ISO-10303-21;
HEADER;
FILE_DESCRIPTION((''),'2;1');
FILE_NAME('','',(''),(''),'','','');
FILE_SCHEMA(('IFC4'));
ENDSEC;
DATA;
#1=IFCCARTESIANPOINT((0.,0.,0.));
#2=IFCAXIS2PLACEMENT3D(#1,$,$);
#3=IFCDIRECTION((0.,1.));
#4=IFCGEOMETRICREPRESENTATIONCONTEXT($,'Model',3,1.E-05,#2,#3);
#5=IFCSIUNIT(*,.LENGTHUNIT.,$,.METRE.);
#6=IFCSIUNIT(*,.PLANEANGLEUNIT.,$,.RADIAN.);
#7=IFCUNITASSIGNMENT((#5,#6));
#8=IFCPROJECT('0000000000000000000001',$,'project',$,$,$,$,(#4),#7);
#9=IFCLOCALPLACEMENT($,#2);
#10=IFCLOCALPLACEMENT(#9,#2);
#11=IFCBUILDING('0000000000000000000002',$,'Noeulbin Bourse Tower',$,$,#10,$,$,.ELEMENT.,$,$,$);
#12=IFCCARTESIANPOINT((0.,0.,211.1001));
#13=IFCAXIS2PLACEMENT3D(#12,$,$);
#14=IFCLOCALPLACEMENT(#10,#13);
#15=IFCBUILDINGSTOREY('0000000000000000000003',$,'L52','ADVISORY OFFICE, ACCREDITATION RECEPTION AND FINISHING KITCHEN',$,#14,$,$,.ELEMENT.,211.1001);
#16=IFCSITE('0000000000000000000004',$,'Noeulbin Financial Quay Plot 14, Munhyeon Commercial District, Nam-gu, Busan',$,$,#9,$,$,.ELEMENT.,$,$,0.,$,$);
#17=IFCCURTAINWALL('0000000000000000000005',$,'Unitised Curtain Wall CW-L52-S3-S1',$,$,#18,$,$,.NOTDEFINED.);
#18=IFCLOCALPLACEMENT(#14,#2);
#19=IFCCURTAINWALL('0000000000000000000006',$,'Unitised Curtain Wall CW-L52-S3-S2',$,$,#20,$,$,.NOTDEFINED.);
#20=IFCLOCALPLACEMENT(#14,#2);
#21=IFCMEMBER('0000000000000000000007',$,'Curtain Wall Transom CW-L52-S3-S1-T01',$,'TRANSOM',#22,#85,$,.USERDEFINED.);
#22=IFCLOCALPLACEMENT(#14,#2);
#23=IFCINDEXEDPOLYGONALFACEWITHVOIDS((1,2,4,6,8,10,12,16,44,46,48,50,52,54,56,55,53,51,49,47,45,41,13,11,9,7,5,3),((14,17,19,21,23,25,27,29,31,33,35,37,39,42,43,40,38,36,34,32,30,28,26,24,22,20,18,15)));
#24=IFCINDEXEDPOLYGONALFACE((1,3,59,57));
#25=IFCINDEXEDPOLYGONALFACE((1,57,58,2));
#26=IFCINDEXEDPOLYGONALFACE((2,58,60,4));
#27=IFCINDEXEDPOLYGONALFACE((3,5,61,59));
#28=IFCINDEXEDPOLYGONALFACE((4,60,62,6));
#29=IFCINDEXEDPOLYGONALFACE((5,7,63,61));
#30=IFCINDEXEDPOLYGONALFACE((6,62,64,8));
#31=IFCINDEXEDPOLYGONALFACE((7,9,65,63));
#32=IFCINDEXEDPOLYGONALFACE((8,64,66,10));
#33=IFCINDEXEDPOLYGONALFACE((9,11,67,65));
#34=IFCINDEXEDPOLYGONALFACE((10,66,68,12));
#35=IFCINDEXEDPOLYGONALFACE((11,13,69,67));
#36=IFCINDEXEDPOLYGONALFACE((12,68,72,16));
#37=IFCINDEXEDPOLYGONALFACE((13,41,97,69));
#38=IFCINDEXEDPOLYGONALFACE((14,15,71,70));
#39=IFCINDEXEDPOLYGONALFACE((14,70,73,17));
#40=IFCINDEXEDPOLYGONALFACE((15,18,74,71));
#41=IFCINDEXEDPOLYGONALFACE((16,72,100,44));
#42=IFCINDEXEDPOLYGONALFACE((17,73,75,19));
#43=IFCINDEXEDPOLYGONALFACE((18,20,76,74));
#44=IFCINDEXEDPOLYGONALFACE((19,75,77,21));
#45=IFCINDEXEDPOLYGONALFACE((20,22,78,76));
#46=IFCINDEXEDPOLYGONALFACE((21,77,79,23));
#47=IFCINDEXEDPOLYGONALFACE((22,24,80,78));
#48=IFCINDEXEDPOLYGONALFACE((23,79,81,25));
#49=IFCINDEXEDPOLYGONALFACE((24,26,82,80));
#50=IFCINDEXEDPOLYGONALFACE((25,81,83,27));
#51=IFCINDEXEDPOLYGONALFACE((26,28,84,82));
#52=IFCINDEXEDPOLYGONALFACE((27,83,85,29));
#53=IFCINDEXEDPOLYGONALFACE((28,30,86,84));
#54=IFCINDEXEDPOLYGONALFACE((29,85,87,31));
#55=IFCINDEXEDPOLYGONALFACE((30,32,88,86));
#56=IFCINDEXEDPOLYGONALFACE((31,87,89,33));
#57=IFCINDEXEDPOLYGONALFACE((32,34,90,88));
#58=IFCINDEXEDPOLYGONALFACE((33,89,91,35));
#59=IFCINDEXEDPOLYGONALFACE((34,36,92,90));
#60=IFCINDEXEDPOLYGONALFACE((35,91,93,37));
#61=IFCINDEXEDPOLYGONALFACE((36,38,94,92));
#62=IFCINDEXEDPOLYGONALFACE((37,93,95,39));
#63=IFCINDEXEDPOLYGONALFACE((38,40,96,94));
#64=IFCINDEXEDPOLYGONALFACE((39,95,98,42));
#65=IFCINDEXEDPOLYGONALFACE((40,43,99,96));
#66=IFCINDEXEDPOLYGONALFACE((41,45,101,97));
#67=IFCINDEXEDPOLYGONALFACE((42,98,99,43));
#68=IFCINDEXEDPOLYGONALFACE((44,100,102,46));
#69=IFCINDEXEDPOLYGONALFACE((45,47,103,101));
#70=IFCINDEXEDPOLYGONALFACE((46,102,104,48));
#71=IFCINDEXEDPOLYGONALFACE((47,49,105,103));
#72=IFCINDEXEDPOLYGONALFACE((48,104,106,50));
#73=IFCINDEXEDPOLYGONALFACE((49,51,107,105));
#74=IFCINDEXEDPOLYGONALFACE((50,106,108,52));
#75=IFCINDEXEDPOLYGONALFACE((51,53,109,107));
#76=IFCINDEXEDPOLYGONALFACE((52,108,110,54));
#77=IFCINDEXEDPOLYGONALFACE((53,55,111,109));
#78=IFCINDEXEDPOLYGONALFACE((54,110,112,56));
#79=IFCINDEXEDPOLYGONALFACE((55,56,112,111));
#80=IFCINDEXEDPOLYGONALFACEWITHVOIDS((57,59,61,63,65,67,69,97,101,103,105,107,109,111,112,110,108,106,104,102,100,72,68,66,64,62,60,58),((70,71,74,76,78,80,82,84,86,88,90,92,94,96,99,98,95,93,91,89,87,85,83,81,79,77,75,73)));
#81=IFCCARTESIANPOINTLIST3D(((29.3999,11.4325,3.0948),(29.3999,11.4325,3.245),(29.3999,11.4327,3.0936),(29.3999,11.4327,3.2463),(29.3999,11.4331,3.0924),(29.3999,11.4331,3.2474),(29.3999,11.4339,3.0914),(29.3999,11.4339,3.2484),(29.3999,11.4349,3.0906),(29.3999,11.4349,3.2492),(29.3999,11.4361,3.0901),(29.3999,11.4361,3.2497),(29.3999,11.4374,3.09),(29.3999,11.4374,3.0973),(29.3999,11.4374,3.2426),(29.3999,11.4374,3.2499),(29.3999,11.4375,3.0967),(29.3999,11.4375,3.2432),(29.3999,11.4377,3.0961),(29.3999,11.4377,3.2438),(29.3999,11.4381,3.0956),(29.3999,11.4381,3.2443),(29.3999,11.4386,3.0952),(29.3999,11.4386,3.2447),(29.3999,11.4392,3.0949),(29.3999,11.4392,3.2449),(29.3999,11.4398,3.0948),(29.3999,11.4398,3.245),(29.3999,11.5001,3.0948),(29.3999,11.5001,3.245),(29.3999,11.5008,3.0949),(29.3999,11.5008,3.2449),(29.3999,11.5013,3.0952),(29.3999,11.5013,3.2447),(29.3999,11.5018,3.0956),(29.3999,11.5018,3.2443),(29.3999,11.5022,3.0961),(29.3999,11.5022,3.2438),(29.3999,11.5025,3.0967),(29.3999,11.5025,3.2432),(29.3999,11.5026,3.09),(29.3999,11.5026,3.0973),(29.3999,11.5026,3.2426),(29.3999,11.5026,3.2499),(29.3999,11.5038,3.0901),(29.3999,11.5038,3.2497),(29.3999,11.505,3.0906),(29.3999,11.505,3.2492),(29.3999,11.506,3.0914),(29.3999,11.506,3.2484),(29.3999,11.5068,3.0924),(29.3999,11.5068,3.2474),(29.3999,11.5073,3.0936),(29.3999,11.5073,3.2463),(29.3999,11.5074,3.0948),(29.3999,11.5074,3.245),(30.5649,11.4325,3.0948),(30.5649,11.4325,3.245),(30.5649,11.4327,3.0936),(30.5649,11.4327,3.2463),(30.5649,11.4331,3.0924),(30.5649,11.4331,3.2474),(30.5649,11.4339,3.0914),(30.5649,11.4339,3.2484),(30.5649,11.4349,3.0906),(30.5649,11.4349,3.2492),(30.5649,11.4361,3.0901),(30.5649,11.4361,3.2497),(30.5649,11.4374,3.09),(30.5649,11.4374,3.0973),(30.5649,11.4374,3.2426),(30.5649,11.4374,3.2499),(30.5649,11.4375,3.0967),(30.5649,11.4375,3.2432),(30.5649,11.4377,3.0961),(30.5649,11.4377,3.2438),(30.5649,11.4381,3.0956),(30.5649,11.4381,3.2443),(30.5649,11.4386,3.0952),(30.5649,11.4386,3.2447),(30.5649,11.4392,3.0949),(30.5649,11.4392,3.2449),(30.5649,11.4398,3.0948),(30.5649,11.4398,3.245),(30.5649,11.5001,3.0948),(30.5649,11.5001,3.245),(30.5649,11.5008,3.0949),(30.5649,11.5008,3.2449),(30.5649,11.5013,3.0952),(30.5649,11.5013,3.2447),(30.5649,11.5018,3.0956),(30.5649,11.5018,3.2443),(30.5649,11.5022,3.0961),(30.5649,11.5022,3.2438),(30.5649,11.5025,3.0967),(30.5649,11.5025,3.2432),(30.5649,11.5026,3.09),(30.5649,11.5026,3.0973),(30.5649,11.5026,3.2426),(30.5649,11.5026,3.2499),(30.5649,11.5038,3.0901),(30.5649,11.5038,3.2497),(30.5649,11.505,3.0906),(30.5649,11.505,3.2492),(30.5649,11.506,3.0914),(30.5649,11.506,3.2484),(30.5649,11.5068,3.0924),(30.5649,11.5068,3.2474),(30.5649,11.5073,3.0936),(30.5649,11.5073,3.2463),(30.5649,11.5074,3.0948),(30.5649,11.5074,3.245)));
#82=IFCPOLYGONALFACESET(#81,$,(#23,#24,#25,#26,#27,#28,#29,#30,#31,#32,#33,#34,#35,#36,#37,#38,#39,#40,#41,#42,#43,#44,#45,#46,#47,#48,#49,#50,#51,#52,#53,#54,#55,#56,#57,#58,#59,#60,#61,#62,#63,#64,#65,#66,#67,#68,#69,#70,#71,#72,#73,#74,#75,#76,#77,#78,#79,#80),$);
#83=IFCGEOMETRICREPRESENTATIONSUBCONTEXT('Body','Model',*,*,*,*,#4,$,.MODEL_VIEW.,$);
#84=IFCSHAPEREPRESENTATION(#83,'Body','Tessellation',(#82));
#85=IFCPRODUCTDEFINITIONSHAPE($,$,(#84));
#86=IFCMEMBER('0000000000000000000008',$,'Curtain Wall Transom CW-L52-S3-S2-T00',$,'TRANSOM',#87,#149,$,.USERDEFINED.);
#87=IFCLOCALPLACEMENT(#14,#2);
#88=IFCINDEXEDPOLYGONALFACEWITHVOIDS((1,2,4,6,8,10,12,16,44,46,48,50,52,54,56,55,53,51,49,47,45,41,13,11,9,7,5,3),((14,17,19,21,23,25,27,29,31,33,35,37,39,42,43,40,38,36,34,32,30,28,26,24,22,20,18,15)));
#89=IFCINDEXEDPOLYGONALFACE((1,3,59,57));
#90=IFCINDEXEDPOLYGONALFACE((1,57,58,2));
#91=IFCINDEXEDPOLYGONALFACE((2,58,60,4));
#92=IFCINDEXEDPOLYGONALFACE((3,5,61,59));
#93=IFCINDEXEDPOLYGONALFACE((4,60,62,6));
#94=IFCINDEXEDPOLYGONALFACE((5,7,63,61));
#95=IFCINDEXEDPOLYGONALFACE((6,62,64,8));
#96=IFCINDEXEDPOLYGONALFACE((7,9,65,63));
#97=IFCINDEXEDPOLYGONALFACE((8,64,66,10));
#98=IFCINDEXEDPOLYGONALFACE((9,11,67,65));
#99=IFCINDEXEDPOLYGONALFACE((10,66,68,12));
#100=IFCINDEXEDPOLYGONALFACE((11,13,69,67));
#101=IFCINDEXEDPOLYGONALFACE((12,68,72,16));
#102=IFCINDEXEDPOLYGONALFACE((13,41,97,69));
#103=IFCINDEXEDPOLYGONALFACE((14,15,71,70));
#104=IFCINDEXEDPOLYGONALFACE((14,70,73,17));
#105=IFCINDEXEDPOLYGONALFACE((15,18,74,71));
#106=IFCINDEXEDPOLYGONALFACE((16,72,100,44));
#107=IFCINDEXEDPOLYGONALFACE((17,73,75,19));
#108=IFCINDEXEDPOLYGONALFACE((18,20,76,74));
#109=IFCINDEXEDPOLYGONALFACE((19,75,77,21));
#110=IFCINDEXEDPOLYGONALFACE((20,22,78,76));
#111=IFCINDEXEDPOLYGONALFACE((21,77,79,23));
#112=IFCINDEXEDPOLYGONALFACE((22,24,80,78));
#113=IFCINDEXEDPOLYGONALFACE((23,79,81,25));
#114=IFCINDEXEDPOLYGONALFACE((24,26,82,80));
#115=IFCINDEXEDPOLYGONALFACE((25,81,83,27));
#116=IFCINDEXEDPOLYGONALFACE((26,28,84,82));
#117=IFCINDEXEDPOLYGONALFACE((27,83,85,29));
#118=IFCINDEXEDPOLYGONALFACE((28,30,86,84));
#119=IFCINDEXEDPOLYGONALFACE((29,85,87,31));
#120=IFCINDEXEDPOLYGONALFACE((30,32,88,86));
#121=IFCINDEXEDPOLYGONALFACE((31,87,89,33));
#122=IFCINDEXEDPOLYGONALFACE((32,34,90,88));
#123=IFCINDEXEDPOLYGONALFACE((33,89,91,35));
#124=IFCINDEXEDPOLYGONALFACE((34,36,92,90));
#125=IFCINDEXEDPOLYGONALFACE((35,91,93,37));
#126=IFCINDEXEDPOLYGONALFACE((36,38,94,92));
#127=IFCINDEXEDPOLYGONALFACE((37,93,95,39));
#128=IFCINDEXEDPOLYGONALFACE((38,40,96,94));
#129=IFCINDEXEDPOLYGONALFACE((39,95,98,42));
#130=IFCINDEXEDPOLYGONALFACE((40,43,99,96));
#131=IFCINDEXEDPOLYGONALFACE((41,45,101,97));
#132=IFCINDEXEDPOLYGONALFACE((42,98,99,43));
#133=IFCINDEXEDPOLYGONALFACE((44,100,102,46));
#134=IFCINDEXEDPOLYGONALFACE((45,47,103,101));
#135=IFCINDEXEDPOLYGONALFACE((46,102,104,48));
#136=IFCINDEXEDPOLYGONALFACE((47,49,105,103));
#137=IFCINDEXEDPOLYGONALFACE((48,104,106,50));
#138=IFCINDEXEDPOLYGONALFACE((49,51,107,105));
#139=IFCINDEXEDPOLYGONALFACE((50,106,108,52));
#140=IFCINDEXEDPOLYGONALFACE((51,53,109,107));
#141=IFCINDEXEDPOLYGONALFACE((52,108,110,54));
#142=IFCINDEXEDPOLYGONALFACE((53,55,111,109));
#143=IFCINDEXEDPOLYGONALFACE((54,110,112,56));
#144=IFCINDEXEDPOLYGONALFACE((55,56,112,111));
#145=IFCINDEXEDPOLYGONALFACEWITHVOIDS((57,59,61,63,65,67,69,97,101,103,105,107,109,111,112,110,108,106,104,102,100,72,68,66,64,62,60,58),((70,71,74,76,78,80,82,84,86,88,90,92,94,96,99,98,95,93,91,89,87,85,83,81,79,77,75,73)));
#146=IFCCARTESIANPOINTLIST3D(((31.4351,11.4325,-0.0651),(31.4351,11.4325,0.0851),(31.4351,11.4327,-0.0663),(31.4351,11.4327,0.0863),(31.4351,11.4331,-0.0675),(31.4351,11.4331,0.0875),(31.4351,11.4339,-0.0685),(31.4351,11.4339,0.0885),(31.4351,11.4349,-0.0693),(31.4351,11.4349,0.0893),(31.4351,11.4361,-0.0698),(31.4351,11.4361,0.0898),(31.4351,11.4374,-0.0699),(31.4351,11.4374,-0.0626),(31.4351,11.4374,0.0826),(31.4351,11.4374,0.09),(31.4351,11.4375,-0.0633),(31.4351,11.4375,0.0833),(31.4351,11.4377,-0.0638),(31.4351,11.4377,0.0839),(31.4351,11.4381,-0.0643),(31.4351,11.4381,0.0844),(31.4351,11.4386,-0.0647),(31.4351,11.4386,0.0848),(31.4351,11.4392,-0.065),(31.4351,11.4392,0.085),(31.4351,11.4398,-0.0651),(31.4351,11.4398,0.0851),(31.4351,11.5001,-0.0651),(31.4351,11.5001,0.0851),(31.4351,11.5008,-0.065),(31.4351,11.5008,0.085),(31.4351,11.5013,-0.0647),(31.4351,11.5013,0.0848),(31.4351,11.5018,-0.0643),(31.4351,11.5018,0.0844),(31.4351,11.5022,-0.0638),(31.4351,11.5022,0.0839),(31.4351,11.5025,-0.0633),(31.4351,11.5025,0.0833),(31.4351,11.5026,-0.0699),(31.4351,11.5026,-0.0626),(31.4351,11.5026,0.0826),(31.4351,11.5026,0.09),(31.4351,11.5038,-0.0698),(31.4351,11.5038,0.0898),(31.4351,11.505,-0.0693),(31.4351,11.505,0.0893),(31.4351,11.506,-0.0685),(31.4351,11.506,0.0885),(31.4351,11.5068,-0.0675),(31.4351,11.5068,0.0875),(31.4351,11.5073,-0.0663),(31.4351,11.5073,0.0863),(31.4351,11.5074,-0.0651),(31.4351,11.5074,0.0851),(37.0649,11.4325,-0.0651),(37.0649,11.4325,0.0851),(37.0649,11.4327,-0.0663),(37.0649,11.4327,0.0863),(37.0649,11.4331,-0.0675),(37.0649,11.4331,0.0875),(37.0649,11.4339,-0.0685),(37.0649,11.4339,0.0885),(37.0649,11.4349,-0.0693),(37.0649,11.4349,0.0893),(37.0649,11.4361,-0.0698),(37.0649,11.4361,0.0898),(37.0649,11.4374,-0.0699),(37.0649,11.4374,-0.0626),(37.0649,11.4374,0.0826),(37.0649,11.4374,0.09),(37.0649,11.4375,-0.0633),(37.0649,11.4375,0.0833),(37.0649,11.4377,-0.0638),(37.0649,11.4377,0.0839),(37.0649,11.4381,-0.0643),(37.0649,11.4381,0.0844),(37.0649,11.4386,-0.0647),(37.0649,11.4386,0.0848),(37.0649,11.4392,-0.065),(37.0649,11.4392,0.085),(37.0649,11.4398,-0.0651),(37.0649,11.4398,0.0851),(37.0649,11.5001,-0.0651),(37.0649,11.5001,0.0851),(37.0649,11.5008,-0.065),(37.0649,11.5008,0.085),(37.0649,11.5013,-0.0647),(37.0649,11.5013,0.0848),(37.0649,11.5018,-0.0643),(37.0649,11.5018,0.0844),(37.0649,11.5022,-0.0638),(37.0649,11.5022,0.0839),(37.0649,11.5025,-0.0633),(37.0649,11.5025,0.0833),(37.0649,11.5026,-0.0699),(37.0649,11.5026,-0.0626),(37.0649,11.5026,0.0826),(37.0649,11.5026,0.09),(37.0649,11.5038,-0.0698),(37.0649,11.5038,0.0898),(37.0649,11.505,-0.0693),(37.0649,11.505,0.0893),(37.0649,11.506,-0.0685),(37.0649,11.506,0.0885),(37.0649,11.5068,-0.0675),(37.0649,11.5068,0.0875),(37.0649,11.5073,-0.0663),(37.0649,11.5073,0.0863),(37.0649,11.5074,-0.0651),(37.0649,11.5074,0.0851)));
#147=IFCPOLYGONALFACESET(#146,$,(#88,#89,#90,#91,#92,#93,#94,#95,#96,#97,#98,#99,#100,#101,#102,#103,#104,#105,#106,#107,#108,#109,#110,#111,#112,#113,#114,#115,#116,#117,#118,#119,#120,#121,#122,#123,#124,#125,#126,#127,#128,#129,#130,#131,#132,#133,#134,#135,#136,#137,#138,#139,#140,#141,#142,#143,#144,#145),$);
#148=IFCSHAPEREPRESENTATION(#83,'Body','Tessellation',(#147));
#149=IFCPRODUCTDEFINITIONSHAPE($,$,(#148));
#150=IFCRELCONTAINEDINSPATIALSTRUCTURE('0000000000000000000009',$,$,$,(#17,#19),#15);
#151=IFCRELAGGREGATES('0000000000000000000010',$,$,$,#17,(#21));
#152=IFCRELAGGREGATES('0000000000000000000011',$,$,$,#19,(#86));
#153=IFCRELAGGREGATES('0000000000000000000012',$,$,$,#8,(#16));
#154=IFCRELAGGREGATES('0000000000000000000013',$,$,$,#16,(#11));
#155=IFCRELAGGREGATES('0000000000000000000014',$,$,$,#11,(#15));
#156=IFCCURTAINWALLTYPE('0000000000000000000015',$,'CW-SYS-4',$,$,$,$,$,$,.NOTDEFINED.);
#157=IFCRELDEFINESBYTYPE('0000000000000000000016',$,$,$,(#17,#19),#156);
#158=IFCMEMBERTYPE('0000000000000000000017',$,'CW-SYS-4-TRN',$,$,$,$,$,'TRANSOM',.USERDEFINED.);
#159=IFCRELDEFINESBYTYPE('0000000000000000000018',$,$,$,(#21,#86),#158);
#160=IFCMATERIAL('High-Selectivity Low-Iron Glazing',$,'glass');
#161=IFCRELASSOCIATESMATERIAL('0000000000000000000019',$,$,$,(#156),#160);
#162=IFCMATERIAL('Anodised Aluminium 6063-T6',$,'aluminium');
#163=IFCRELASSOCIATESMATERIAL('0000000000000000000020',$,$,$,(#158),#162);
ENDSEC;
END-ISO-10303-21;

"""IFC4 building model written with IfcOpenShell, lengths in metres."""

from ifc_helpers import new_model, si_unit, direction, frame, origin, origin_2d, place, context, subcontext, project, spatial, hollow_rectangle, extrude, material, material_profile, profile_set, type_object, element, aggregate, save


model = new_model("IFC4")

# Units and contexts
model_context = context("Model", 3, precision=1e-05, world=origin(), true_north=direction((0.0, 1.0)))
body_context = subcontext(model_context, "Body", "Model", "MODEL_VIEW")
ifc_project = project(units=[si_unit("LENGTHUNIT", "METRE"), si_unit("PLANEANGLEUNIT", "RADIAN")], contexts=[model_context])

# Site, building, storey
site_placement = place(None, origin())
site = spatial("IfcSite", under=ifc_project, at=site_placement, Name="Noeulbin Financial Quay Plot 14, Munhyeon Commercial District, Nam-gu, Busan", CompositionType="ELEMENT", RefElevation=0.0)
building_placement = place(site_placement, origin())
building = spatial("IfcBuilding", under=site, at=building_placement, Name="Noeulbin Bourse Tower", CompositionType="ELEMENT")
storey_placement = place(building_placement, frame((0.0, 0.0, 211.1001)))
storey = spatial("IfcBuildingStorey", under=building, at=storey_placement, Name="L52", Description="ADVISORY OFFICE, ACCREDITATION RECEPTION AND FINISHING KITCHEN", CompositionType="ELEMENT", Elevation=211.1001)

# Curtain walls
ifc_material_1 = material(Name="High-Selectivity Low-Iron Glazing", Category="glass")
curtain_wall_type = type_object("IfcCurtainWallType", Name="CW-SYS-4", PredefinedType="NOTDEFINED", material=ifc_material_1)
curtain_wall_1_placement = place(storey_placement, origin())
curtain_wall_1 = element("IfcCurtainWall", 1, at=curtain_wall_1_placement, inside=storey, type_object=curtain_wall_type, Name="Unitised Curtain Wall CW-L52-S3-S1", PredefinedType="NOTDEFINED")
ifc_material_2 = material(Name="Anodised Aluminium 6063-T6", Category="aluminium")
curtain_wall_2_placement = place(storey_placement, origin())
curtain_wall_2 = element("IfcCurtainWall", 2, at=curtain_wall_2_placement, inside=storey, type_object=curtain_wall_type, Name="Unitised Curtain Wall CW-L52-S3-S2", PredefinedType="NOTDEFINED")

# Members
ifc_material_profile_1 = material_profile(ifc_material_2, hollow_rectangle(XDim=0.075, YDim=0.1599, WallThickness=0.0049, InnerFilletRadius=0.0024, OuterFilletRadius=0.0049, at=origin_2d()), Name="ALU-TRAN-75x160x5", Category="LoadBearing")
ifc_profile_set_1 = profile_set([ifc_material_profile_1], Name="Anodised Aluminium 6063-T6")
member_type_1 = type_object("IfcMemberType", Name="CW-SYS-4-TRN", ElementType="TRANSOM", PredefinedType="USERDEFINED", material=ifc_profile_set_1)
member_1_placement = place(storey_placement, frame((29.3999, 11.47, 3.1699), z_axis=(1.0, 0.0, 0.0), x_axis=(0.0, 1.0, 0.0)))
member_1 = element("IfcMember", 3, at=member_1_placement, type_object=member_type_1, Name="Curtain Wall Transom CW-L52-S3-S1-T01", ObjectType="TRANSOM", PredefinedType="USERDEFINED", context=body_context, shape_type="SweptSolid", body=[
    extrude(hollow_rectangle(XDim=0.075, YDim=0.1599, WallThickness=0.0049, InnerFilletRadius=0.0024, OuterFilletRadius=0.0049, at=origin_2d()), origin(), (0.0, 0.0, 1.0), 1.165),
])
member_2_placement = place(storey_placement, frame((31.4351, 11.47, 0.01), z_axis=(1.0, 0.0, 0.0), x_axis=(0.0, 1.0, 0.0)))
member_2 = element("IfcMember", 4, at=member_2_placement, type_object=member_type_1, Name="Curtain Wall Transom CW-L52-S3-S2-T00", ObjectType="TRANSOM", PredefinedType="USERDEFINED", context=body_context, shape_type="SweptSolid", body=[
    extrude(hollow_rectangle(XDim=0.075, YDim=0.1599, WallThickness=0.0049, InnerFilletRadius=0.0024, OuterFilletRadius=0.0049, at=origin_2d()), origin(), (0.0, 0.0, 1.0), 5.6299),
])

aggregate(curtain_wall_1, [member_1])
aggregate(curtain_wall_2, [member_2])

save(model, "model.ifc")
